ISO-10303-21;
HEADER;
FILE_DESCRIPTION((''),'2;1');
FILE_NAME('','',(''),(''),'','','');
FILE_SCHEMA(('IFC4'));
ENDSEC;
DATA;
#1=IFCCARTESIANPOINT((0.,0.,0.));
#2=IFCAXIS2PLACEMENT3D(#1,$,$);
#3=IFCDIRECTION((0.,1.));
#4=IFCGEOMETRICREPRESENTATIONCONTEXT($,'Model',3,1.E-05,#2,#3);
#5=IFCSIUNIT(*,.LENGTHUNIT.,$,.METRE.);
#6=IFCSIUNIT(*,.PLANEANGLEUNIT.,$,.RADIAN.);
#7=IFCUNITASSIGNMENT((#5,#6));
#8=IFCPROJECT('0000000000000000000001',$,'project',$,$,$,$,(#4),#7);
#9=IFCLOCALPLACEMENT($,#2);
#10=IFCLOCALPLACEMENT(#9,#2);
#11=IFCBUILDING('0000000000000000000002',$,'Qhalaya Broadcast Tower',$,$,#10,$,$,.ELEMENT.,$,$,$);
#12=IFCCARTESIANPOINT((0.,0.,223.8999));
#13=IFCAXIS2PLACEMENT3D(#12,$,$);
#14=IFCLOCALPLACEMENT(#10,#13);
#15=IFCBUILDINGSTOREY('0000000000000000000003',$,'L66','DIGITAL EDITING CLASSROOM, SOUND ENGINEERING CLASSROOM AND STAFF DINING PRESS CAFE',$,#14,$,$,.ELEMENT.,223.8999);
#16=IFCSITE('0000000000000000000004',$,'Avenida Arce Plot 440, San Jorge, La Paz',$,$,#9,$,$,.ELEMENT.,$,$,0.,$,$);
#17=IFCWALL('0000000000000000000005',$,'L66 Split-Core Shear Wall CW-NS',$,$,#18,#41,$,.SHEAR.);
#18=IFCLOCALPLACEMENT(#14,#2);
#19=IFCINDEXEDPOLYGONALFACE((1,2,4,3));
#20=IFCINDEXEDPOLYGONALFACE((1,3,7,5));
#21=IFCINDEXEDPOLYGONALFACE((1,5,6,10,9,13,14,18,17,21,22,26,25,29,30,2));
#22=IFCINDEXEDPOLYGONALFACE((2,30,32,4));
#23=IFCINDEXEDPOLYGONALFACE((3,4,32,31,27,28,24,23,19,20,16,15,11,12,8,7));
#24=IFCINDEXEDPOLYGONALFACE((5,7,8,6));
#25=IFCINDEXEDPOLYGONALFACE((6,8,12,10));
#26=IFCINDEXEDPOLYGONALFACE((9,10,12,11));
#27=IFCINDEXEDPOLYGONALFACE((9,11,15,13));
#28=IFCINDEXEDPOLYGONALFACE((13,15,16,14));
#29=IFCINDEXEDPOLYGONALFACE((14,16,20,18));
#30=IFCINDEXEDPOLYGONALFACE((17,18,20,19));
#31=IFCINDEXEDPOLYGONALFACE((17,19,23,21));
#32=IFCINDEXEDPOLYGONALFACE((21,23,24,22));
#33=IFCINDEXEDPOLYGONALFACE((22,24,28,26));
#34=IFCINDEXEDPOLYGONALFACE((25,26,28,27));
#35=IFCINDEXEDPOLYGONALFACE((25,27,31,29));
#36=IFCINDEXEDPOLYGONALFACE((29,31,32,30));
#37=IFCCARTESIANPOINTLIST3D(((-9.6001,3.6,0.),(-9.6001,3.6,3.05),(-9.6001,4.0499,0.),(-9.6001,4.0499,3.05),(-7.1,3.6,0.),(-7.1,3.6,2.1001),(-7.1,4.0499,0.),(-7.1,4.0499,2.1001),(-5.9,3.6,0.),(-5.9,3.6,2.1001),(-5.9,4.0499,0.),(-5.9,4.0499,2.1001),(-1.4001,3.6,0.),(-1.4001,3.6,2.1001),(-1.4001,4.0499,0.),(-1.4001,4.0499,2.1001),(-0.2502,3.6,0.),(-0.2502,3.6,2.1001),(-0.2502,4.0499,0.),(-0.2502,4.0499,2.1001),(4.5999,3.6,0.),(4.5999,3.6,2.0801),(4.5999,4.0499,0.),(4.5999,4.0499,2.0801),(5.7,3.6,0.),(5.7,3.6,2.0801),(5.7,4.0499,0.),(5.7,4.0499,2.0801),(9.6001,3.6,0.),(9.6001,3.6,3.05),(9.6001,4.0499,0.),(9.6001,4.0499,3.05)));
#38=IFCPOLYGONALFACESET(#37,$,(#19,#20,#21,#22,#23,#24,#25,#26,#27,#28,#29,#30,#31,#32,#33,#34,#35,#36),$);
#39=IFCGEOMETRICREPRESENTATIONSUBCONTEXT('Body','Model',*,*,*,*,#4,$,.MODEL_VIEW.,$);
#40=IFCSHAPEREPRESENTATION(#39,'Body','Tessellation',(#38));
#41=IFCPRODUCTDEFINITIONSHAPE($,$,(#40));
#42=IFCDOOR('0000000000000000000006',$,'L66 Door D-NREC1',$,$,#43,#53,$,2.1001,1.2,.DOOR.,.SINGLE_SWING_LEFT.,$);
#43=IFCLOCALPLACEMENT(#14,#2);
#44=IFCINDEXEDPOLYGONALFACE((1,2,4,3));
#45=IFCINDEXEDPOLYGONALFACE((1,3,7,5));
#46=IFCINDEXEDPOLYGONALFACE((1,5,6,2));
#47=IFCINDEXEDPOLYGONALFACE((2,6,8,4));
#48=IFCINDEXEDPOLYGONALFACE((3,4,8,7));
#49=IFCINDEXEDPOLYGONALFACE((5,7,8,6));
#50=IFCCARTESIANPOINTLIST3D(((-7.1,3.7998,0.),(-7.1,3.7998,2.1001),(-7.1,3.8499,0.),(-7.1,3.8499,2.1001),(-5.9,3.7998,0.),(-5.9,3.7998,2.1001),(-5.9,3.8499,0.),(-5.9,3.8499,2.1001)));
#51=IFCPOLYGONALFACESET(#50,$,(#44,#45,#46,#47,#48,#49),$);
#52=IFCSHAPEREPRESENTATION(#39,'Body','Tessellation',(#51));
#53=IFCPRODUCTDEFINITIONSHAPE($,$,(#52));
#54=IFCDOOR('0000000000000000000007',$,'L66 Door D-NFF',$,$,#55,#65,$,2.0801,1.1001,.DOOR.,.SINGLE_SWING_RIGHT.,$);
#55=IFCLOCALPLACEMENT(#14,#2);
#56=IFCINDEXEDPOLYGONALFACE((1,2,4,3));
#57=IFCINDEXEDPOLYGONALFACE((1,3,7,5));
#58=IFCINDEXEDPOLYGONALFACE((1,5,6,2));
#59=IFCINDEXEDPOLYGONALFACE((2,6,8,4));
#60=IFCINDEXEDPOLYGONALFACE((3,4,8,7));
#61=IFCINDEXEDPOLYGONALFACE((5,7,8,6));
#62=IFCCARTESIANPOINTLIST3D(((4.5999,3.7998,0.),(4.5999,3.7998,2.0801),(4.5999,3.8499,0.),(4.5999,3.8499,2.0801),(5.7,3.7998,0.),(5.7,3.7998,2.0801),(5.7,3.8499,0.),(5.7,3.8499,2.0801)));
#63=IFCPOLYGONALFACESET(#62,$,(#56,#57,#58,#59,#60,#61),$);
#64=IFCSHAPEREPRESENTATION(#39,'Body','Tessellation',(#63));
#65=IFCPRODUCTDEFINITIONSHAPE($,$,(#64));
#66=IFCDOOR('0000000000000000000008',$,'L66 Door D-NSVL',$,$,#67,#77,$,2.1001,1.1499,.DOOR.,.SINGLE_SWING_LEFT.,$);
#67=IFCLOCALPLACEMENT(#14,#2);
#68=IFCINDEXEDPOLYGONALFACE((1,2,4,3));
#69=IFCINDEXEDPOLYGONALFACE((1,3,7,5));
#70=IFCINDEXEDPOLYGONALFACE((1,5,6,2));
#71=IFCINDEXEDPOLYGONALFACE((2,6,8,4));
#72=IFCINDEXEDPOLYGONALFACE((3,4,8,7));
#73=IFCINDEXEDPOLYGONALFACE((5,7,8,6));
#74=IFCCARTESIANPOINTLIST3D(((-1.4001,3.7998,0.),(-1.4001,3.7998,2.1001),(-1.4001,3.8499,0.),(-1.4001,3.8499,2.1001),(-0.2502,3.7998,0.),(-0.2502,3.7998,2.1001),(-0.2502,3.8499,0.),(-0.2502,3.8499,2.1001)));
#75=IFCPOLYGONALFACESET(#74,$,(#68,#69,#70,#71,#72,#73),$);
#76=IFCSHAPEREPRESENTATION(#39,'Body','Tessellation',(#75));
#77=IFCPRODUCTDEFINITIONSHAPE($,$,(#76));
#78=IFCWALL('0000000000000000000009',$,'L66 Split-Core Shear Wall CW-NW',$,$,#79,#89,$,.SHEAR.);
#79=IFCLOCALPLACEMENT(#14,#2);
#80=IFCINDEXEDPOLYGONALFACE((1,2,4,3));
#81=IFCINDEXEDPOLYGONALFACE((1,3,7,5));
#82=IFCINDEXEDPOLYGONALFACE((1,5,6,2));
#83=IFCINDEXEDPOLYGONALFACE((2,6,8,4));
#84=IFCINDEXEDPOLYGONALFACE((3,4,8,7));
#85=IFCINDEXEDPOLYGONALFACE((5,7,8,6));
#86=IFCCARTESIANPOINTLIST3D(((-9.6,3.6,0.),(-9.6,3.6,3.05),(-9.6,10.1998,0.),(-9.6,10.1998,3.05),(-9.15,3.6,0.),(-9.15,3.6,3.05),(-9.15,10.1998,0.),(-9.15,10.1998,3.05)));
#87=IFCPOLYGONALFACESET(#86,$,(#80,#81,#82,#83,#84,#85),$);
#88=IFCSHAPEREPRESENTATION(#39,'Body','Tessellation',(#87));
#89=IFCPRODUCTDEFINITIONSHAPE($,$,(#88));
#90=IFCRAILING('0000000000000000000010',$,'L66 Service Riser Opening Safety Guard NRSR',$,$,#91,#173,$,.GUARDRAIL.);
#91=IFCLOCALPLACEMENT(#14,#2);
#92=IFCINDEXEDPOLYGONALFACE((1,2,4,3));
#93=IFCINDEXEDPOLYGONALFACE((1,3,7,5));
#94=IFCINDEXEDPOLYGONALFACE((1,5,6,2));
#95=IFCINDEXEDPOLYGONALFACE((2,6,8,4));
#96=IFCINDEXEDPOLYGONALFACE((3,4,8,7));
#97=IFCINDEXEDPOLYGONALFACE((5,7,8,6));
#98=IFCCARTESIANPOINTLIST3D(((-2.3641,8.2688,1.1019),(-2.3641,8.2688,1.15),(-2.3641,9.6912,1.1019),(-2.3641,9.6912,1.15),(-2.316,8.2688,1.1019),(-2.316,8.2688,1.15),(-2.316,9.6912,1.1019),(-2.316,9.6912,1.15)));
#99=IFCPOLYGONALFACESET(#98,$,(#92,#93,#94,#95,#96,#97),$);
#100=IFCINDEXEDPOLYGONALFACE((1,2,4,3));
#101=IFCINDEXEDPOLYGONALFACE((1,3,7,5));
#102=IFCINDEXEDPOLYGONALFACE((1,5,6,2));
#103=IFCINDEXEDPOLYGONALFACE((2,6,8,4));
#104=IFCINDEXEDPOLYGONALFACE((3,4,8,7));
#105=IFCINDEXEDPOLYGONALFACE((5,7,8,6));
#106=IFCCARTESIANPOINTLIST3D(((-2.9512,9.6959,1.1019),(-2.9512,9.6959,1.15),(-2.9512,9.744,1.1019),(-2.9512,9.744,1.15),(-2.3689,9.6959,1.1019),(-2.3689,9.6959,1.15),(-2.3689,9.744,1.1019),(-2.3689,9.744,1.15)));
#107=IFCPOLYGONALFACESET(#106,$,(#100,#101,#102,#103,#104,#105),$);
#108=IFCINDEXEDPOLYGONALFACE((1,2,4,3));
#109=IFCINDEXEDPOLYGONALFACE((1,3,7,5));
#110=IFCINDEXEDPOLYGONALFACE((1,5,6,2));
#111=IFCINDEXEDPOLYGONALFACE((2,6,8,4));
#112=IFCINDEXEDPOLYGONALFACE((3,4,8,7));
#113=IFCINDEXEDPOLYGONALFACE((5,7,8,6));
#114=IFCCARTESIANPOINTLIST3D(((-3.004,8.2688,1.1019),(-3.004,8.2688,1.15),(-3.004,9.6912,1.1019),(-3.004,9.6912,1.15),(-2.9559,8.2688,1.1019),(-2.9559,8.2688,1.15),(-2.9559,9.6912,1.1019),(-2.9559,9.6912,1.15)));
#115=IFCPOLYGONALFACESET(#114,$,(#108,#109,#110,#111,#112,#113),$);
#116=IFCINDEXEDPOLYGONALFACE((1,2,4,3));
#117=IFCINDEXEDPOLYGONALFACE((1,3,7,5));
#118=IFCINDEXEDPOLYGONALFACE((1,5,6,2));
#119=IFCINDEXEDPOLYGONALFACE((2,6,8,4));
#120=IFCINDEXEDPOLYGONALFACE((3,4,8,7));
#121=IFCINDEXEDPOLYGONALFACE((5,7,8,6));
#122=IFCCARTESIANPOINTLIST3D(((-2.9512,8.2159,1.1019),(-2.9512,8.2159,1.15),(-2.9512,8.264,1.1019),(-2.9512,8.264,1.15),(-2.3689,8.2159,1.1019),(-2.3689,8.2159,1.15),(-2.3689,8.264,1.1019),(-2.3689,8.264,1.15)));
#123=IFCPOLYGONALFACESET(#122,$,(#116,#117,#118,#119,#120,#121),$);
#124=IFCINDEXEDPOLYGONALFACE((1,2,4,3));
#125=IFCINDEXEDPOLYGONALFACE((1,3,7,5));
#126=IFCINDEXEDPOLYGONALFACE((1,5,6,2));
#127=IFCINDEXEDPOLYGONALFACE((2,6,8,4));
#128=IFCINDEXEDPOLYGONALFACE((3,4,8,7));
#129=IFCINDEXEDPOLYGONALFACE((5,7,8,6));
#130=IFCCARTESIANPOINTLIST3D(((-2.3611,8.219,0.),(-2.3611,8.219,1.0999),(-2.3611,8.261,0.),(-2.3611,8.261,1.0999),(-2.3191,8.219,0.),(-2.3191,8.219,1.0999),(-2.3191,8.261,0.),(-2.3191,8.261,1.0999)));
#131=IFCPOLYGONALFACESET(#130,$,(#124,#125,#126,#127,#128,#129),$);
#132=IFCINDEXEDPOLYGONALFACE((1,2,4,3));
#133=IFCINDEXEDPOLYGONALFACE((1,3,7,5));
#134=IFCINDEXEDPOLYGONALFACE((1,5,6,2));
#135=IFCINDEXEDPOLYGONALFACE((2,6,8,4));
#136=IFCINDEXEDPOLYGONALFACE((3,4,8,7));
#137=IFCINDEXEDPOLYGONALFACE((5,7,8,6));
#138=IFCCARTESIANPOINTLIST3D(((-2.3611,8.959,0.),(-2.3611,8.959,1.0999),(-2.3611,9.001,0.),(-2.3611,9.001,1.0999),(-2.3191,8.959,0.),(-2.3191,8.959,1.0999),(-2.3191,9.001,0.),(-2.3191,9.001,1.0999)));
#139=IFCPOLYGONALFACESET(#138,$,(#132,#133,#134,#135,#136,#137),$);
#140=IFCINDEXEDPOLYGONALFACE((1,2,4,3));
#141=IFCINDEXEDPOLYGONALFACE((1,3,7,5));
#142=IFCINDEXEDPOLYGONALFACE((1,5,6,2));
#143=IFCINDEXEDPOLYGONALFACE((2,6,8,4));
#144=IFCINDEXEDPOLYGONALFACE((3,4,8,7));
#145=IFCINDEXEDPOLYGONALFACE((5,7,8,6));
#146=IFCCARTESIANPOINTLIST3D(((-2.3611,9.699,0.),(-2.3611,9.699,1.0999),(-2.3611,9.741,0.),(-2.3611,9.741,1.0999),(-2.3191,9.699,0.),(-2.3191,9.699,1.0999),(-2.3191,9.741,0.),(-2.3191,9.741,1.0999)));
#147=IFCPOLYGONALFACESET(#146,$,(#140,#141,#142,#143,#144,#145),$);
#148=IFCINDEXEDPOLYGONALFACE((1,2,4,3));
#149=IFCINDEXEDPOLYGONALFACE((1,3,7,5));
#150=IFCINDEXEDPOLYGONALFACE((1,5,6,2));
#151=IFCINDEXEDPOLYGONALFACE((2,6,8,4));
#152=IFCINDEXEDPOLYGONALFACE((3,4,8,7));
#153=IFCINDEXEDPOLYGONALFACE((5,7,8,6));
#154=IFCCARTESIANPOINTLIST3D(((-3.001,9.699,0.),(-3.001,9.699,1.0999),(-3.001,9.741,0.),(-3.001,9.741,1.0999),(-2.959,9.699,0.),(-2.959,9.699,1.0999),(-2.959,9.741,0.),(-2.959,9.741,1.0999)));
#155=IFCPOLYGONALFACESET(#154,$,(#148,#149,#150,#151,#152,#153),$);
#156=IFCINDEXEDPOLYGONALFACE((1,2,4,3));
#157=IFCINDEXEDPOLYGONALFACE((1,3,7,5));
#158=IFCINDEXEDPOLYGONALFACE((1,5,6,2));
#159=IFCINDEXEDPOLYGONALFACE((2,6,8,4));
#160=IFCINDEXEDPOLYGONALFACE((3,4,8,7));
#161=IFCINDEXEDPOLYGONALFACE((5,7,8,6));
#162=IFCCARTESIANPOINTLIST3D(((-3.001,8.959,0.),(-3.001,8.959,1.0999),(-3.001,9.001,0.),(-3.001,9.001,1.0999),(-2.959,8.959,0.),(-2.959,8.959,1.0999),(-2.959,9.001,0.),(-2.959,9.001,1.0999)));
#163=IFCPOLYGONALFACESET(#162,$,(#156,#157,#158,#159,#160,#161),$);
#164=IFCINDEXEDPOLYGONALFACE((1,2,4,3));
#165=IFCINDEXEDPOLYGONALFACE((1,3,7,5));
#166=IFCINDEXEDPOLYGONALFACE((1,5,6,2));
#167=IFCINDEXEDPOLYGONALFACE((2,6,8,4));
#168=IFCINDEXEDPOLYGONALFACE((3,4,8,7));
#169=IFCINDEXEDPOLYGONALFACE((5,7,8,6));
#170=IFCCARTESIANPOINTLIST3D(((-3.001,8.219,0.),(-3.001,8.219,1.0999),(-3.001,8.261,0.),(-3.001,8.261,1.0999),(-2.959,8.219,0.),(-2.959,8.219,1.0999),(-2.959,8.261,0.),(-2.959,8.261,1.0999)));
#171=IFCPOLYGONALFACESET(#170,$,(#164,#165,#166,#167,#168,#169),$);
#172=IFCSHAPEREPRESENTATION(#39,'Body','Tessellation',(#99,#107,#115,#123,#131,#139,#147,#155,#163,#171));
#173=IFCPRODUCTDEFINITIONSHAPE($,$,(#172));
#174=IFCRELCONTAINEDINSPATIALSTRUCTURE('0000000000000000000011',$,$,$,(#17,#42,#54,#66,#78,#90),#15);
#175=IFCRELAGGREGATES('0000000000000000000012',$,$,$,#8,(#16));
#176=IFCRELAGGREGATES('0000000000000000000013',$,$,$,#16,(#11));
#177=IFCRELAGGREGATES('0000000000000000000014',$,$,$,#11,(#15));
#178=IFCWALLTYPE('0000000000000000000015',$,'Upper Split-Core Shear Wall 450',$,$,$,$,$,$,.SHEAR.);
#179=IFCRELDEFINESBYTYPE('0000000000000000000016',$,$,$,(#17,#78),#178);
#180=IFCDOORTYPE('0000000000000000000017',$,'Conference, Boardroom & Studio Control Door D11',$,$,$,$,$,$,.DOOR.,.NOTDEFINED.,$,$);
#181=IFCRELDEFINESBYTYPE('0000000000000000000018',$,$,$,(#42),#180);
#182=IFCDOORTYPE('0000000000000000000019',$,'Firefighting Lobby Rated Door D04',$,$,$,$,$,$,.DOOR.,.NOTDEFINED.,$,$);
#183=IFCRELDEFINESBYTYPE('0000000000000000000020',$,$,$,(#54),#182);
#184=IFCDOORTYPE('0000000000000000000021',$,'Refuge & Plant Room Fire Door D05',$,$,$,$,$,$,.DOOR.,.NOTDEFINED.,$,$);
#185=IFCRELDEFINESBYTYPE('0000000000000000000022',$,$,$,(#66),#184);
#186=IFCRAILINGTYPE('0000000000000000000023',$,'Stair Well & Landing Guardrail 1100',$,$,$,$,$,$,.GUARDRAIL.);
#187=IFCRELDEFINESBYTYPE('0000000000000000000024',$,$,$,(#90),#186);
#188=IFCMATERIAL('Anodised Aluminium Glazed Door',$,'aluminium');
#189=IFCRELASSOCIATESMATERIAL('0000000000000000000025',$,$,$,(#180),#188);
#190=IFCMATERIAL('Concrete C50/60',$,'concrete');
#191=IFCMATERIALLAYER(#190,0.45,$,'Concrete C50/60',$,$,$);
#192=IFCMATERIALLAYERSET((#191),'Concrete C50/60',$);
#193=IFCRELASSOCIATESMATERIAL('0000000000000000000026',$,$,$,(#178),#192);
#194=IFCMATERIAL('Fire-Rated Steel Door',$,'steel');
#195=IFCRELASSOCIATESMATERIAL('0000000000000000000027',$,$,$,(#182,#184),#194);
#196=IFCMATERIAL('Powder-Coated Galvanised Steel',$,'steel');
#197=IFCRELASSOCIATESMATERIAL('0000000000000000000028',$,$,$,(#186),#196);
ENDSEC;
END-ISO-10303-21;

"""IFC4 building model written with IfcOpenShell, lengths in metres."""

from ifc_helpers import new_model, si_unit, direction, frame, frame_2d, origin, origin_2d, place, context, subcontext, project, spatial, rectangle, extrude, material, layer, layer_set, type_object, element, fill, save


model = new_model("IFC4")

# Units and contexts
model_context = context("Model", 3, precision=1e-05, world=origin(), true_north=direction((0.0, 1.0)))
body_context = subcontext(model_context, "Body", "Model", "MODEL_VIEW")
ifc_project = project(units=[si_unit("LENGTHUNIT", "METRE"), si_unit("PLANEANGLEUNIT", "RADIAN")], contexts=[model_context])

# Site, building, storey
site_placement = place(None, origin())
site = spatial("IfcSite", under=ifc_project, at=site_placement, Name="Avenida Arce Plot 440, San Jorge, La Paz", CompositionType="ELEMENT", RefElevation=0.0)
building_placement = place(site_placement, origin())
building = spatial("IfcBuilding", under=site, at=building_placement, Name="Qhalaya Broadcast Tower", CompositionType="ELEMENT")
storey_placement = place(building_placement, frame((0.0, 0.0, 223.8999)))
storey = spatial("IfcBuildingStorey", under=building, at=storey_placement, Name="L66", Description="DIGITAL EDITING CLASSROOM, SOUND ENGINEERING CLASSROOM AND STAFF DINING PRESS CAFE", CompositionType="ELEMENT", Elevation=223.8999)

# Shared definitions
ifc_material_1 = material(Name="Concrete C50/60", Category="concrete")

# Shared definitions
ifc_material_2 = material(Name="Fire-Rated Steel Door", Category="steel")

# Shared definitions
ifc_material_3 = material(Name="Anodised Aluminium Glazed Door", Category="aluminium")
door_type_1 = type_object("IfcDoorType", Name="Conference, Boardroom & Studio Control Door D11", OperationType="NOTDEFINED", PredefinedType="DOOR", material=ifc_material_3)

# Wall, openings, doors
ifc_layer_1 = layer(ifc_material_1, 0.45, Name="Concrete C50/60")
ifc_layer_set_1 = layer_set([ifc_layer_1], Name="Concrete C50/60")
wall_type_1 = type_object("IfcWallType", Name="Upper Split-Core Shear Wall 450", PredefinedType="SHEAR", material=ifc_layer_set_1)
wall_1_placement = place(storey_placement, frame((-9.6001, 3.825, 0.0), z_axis=(0.0, 0.0, 1.0), x_axis=(1.0, 0.0, 0.0)))
wall_1 = element("IfcWall", 1, at=wall_1_placement, inside=storey, type_object=wall_type_1, Name="L66 Split-Core Shear Wall CW-NS", PredefinedType="SHEAR", context=body_context, shape_type="SweptSolid", body=[
    extrude(rectangle(XDim=19.2002, YDim=0.45, at=frame_2d((9.6001, 0.0))), origin(), (0.0, 0.0, 1.0), 3.05),
])
opening_1_placement = place(wall_1_placement, frame((14.2, 0.0, 0.0)))
opening_1 = element("IfcOpeningElement", 2, at=opening_1_placement, cuts=wall_1, PredefinedType="OPENING", context=body_context, shape_type="SweptSolid", body=[
    extrude(rectangle(XDim=1.1001, YDim=2.0801, at=frame_2d((0.55, 1.04))), frame((0.0, 0.2371, 0.0), z_axis=(0.0, -1.0, 0.0), x_axis=(1.0, 0.0, 0.0)), (0.0, 0.0, 1.0), 0.4739),
])
opening_2_placement = place(wall_1_placement, frame((8.2, 0.0, 0.0)))
opening_2 = element("IfcOpeningElement", 3, at=opening_2_placement, cuts=wall_1, PredefinedType="OPENING", context=body_context, shape_type="SweptSolid", body=[
    extrude(rectangle(XDim=1.1499, YDim=2.1001, at=frame_2d((0.575, 1.05))), frame((0.0, 0.2371, 0.0), z_axis=(0.0, -1.0, 0.0), x_axis=(1.0, 0.0, 0.0)), (0.0, 0.0, 1.0), 0.4739),
])
opening_3_placement = place(wall_1_placement, frame((2.5, 0.0, 0.0)))
opening_3 = element("IfcOpeningElement", 4, at=opening_3_placement, cuts=wall_1, PredefinedType="OPENING", context=body_context, shape_type="SweptSolid", body=[
    extrude(rectangle(XDim=1.2, YDim=2.1001, at=frame_2d((0.6001, 1.05))), frame((0.0, 0.2371, 0.0), z_axis=(0.0, -1.0, 0.0), x_axis=(1.0, 0.0, 0.0)), (0.0, 0.0, 1.0), 0.4739),
])
door_1_placement = place(opening_3_placement, origin())
door_1 = element("IfcDoor", 5, at=door_1_placement, inside=storey, type_object=door_type_1, Name="L66 Door D-NREC1", OperationType="SINGLE_SWING_LEFT", OverallHeight=2.1001, OverallWidth=1.2, PredefinedType="DOOR", context=body_context, shape_type="SweptSolid", body=[
    extrude(rectangle(XDim=1.2, YDim=2.1001, at=frame_2d((0.6001, 1.05))), frame((0.0, 0.0249, 0.0), z_axis=(0.0, -1.0, 0.0), x_axis=(1.0, 0.0, 0.0)), (0.0, 0.0, 1.0), 0.05),
])
fill(opening_3, door_1)
door_type_2 = type_object("IfcDoorType", Name="Firefighting Lobby Rated Door D04", OperationType="NOTDEFINED", PredefinedType="DOOR", material=ifc_material_2)
door_2_placement = place(opening_1_placement, origin())
door_2 = element("IfcDoor", 6, at=door_2_placement, inside=storey, type_object=door_type_2, Name="L66 Door D-NFF", OperationType="SINGLE_SWING_RIGHT", OverallHeight=2.0801, OverallWidth=1.1001, PredefinedType="DOOR", context=body_context, shape_type="SweptSolid", body=[
    extrude(rectangle(XDim=1.1001, YDim=2.0801, at=frame_2d((0.55, 1.04))), frame((0.0, 0.0249, 0.0), z_axis=(0.0, -1.0, 0.0), x_axis=(1.0, 0.0, 0.0)), (0.0, 0.0, 1.0), 0.05),
])
fill(opening_1, door_2)
door_type_3 = type_object("IfcDoorType", Name="Refuge & Plant Room Fire Door D05", OperationType="NOTDEFINED", PredefinedType="DOOR", material=ifc_material_2)
door_3_placement = place(opening_2_placement, origin())
door_3 = element("IfcDoor", 7, at=door_3_placement, inside=storey, type_object=door_type_3, Name="L66 Door D-NSVL", OperationType="SINGLE_SWING_LEFT", OverallHeight=2.1001, OverallWidth=1.1499, PredefinedType="DOOR", context=body_context, shape_type="SweptSolid", body=[
    extrude(rectangle(XDim=1.1499, YDim=2.1001, at=frame_2d((0.575, 1.05))), frame((0.0, 0.0249, 0.0), z_axis=(0.0, -1.0, 0.0), x_axis=(1.0, 0.0, 0.0)), (0.0, 0.0, 1.0), 0.05),
])
fill(opening_2, door_3)

# Wall
wall_2_placement = place(storey_placement, frame((-9.375, 3.6001, 0.0), z_axis=(0.0, 0.0, 1.0), x_axis=(0.0, 1.0, 0.0)))
element("IfcWall", 8, at=wall_2_placement, inside=storey, type_object=wall_type_1, Name="L66 Split-Core Shear Wall CW-NW", PredefinedType="SHEAR", context=body_context, shape_type="SweptSolid", body=[
    extrude(rectangle(XDim=6.5999, YDim=0.45, at=frame_2d((3.2998, 0.0))), origin(), (0.0, 0.0, 1.0), 3.05),
])

# Railing
ifc_material_4 = material(Name="Powder-Coated Galvanised Steel", Category="steel")
railing_type = type_object("IfcRailingType", Name="Stair Well & Landing Guardrail 1100", PredefinedType="GUARDRAIL", material=ifc_material_4)
railing_placement = place(storey_placement, frame((-2.3401, 8.24, 0.0)))
element("IfcRailing", 9, at=railing_placement, inside=storey, type_object=railing_type, Name="L66 Service Riser Opening Safety Guard NRSR", PredefinedType="GUARDRAIL", context=body_context, shape_type="SweptSolid", body=[
    extrude(rectangle(XDim=0.0481, YDim=0.0481, at=origin_2d()), frame((0.0, 0.0288, 1.126), z_axis=(0.0, 1.0, 0.0), x_axis=(-1.0, 0.0, 0.0)), (0.0, 0.0, 1.0), 1.4224),
    extrude(rectangle(XDim=0.0481, YDim=0.0481, at=origin_2d()), frame((-0.0288, 1.48, 1.126), z_axis=(-1.0, 0.0, 0.0), x_axis=(0.0, -1.0, 0.0)), (0.0, 0.0, 1.0), 0.5823),
    extrude(rectangle(XDim=0.0481, YDim=0.0481, at=origin_2d()), frame((-0.6399, 1.4512, 1.126), z_axis=(0.0, -1.0, 0.0), x_axis=(1.0, 0.0, 0.0)), (0.0, 0.0, 1.0), 1.4224),
    extrude(rectangle(XDim=0.0481, YDim=0.0481, at=origin_2d()), frame((-0.6111, 0.0, 1.126), z_axis=(1.0, 0.0, 0.0), x_axis=(0.0, 1.0, 0.0)), (0.0, 0.0, 1.0), 0.5823),
    extrude(rectangle(XDim=0.042, YDim=0.042, at=origin_2d()), origin(), (0.0, 0.0, 1.0), 1.0999),
    extrude(rectangle(XDim=0.042, YDim=0.042, at=origin_2d()), frame((0.0, 0.74, 0.0)), (0.0, 0.0, 1.0), 1.0999),
    extrude(rectangle(XDim=0.042, YDim=0.042, at=origin_2d()), frame((0.0, 1.48, 0.0)), (0.0, 0.0, 1.0), 1.0999),
    extrude(rectangle(XDim=0.042, YDim=0.042, at=origin_2d()), frame((-0.6399, 1.48, 0.0)), (0.0, 0.0, 1.0), 1.0999),
    extrude(rectangle(XDim=0.042, YDim=0.042, at=origin_2d()), frame((-0.6399, 0.74, 0.0)), (0.0, 0.0, 1.0), 1.0999),
    extrude(rectangle(XDim=0.042, YDim=0.042, at=origin_2d()), frame((-0.6399, 0.0, 0.0)), (0.0, 0.0, 1.0), 1.0999),
])

save(model, "model.ifc")
